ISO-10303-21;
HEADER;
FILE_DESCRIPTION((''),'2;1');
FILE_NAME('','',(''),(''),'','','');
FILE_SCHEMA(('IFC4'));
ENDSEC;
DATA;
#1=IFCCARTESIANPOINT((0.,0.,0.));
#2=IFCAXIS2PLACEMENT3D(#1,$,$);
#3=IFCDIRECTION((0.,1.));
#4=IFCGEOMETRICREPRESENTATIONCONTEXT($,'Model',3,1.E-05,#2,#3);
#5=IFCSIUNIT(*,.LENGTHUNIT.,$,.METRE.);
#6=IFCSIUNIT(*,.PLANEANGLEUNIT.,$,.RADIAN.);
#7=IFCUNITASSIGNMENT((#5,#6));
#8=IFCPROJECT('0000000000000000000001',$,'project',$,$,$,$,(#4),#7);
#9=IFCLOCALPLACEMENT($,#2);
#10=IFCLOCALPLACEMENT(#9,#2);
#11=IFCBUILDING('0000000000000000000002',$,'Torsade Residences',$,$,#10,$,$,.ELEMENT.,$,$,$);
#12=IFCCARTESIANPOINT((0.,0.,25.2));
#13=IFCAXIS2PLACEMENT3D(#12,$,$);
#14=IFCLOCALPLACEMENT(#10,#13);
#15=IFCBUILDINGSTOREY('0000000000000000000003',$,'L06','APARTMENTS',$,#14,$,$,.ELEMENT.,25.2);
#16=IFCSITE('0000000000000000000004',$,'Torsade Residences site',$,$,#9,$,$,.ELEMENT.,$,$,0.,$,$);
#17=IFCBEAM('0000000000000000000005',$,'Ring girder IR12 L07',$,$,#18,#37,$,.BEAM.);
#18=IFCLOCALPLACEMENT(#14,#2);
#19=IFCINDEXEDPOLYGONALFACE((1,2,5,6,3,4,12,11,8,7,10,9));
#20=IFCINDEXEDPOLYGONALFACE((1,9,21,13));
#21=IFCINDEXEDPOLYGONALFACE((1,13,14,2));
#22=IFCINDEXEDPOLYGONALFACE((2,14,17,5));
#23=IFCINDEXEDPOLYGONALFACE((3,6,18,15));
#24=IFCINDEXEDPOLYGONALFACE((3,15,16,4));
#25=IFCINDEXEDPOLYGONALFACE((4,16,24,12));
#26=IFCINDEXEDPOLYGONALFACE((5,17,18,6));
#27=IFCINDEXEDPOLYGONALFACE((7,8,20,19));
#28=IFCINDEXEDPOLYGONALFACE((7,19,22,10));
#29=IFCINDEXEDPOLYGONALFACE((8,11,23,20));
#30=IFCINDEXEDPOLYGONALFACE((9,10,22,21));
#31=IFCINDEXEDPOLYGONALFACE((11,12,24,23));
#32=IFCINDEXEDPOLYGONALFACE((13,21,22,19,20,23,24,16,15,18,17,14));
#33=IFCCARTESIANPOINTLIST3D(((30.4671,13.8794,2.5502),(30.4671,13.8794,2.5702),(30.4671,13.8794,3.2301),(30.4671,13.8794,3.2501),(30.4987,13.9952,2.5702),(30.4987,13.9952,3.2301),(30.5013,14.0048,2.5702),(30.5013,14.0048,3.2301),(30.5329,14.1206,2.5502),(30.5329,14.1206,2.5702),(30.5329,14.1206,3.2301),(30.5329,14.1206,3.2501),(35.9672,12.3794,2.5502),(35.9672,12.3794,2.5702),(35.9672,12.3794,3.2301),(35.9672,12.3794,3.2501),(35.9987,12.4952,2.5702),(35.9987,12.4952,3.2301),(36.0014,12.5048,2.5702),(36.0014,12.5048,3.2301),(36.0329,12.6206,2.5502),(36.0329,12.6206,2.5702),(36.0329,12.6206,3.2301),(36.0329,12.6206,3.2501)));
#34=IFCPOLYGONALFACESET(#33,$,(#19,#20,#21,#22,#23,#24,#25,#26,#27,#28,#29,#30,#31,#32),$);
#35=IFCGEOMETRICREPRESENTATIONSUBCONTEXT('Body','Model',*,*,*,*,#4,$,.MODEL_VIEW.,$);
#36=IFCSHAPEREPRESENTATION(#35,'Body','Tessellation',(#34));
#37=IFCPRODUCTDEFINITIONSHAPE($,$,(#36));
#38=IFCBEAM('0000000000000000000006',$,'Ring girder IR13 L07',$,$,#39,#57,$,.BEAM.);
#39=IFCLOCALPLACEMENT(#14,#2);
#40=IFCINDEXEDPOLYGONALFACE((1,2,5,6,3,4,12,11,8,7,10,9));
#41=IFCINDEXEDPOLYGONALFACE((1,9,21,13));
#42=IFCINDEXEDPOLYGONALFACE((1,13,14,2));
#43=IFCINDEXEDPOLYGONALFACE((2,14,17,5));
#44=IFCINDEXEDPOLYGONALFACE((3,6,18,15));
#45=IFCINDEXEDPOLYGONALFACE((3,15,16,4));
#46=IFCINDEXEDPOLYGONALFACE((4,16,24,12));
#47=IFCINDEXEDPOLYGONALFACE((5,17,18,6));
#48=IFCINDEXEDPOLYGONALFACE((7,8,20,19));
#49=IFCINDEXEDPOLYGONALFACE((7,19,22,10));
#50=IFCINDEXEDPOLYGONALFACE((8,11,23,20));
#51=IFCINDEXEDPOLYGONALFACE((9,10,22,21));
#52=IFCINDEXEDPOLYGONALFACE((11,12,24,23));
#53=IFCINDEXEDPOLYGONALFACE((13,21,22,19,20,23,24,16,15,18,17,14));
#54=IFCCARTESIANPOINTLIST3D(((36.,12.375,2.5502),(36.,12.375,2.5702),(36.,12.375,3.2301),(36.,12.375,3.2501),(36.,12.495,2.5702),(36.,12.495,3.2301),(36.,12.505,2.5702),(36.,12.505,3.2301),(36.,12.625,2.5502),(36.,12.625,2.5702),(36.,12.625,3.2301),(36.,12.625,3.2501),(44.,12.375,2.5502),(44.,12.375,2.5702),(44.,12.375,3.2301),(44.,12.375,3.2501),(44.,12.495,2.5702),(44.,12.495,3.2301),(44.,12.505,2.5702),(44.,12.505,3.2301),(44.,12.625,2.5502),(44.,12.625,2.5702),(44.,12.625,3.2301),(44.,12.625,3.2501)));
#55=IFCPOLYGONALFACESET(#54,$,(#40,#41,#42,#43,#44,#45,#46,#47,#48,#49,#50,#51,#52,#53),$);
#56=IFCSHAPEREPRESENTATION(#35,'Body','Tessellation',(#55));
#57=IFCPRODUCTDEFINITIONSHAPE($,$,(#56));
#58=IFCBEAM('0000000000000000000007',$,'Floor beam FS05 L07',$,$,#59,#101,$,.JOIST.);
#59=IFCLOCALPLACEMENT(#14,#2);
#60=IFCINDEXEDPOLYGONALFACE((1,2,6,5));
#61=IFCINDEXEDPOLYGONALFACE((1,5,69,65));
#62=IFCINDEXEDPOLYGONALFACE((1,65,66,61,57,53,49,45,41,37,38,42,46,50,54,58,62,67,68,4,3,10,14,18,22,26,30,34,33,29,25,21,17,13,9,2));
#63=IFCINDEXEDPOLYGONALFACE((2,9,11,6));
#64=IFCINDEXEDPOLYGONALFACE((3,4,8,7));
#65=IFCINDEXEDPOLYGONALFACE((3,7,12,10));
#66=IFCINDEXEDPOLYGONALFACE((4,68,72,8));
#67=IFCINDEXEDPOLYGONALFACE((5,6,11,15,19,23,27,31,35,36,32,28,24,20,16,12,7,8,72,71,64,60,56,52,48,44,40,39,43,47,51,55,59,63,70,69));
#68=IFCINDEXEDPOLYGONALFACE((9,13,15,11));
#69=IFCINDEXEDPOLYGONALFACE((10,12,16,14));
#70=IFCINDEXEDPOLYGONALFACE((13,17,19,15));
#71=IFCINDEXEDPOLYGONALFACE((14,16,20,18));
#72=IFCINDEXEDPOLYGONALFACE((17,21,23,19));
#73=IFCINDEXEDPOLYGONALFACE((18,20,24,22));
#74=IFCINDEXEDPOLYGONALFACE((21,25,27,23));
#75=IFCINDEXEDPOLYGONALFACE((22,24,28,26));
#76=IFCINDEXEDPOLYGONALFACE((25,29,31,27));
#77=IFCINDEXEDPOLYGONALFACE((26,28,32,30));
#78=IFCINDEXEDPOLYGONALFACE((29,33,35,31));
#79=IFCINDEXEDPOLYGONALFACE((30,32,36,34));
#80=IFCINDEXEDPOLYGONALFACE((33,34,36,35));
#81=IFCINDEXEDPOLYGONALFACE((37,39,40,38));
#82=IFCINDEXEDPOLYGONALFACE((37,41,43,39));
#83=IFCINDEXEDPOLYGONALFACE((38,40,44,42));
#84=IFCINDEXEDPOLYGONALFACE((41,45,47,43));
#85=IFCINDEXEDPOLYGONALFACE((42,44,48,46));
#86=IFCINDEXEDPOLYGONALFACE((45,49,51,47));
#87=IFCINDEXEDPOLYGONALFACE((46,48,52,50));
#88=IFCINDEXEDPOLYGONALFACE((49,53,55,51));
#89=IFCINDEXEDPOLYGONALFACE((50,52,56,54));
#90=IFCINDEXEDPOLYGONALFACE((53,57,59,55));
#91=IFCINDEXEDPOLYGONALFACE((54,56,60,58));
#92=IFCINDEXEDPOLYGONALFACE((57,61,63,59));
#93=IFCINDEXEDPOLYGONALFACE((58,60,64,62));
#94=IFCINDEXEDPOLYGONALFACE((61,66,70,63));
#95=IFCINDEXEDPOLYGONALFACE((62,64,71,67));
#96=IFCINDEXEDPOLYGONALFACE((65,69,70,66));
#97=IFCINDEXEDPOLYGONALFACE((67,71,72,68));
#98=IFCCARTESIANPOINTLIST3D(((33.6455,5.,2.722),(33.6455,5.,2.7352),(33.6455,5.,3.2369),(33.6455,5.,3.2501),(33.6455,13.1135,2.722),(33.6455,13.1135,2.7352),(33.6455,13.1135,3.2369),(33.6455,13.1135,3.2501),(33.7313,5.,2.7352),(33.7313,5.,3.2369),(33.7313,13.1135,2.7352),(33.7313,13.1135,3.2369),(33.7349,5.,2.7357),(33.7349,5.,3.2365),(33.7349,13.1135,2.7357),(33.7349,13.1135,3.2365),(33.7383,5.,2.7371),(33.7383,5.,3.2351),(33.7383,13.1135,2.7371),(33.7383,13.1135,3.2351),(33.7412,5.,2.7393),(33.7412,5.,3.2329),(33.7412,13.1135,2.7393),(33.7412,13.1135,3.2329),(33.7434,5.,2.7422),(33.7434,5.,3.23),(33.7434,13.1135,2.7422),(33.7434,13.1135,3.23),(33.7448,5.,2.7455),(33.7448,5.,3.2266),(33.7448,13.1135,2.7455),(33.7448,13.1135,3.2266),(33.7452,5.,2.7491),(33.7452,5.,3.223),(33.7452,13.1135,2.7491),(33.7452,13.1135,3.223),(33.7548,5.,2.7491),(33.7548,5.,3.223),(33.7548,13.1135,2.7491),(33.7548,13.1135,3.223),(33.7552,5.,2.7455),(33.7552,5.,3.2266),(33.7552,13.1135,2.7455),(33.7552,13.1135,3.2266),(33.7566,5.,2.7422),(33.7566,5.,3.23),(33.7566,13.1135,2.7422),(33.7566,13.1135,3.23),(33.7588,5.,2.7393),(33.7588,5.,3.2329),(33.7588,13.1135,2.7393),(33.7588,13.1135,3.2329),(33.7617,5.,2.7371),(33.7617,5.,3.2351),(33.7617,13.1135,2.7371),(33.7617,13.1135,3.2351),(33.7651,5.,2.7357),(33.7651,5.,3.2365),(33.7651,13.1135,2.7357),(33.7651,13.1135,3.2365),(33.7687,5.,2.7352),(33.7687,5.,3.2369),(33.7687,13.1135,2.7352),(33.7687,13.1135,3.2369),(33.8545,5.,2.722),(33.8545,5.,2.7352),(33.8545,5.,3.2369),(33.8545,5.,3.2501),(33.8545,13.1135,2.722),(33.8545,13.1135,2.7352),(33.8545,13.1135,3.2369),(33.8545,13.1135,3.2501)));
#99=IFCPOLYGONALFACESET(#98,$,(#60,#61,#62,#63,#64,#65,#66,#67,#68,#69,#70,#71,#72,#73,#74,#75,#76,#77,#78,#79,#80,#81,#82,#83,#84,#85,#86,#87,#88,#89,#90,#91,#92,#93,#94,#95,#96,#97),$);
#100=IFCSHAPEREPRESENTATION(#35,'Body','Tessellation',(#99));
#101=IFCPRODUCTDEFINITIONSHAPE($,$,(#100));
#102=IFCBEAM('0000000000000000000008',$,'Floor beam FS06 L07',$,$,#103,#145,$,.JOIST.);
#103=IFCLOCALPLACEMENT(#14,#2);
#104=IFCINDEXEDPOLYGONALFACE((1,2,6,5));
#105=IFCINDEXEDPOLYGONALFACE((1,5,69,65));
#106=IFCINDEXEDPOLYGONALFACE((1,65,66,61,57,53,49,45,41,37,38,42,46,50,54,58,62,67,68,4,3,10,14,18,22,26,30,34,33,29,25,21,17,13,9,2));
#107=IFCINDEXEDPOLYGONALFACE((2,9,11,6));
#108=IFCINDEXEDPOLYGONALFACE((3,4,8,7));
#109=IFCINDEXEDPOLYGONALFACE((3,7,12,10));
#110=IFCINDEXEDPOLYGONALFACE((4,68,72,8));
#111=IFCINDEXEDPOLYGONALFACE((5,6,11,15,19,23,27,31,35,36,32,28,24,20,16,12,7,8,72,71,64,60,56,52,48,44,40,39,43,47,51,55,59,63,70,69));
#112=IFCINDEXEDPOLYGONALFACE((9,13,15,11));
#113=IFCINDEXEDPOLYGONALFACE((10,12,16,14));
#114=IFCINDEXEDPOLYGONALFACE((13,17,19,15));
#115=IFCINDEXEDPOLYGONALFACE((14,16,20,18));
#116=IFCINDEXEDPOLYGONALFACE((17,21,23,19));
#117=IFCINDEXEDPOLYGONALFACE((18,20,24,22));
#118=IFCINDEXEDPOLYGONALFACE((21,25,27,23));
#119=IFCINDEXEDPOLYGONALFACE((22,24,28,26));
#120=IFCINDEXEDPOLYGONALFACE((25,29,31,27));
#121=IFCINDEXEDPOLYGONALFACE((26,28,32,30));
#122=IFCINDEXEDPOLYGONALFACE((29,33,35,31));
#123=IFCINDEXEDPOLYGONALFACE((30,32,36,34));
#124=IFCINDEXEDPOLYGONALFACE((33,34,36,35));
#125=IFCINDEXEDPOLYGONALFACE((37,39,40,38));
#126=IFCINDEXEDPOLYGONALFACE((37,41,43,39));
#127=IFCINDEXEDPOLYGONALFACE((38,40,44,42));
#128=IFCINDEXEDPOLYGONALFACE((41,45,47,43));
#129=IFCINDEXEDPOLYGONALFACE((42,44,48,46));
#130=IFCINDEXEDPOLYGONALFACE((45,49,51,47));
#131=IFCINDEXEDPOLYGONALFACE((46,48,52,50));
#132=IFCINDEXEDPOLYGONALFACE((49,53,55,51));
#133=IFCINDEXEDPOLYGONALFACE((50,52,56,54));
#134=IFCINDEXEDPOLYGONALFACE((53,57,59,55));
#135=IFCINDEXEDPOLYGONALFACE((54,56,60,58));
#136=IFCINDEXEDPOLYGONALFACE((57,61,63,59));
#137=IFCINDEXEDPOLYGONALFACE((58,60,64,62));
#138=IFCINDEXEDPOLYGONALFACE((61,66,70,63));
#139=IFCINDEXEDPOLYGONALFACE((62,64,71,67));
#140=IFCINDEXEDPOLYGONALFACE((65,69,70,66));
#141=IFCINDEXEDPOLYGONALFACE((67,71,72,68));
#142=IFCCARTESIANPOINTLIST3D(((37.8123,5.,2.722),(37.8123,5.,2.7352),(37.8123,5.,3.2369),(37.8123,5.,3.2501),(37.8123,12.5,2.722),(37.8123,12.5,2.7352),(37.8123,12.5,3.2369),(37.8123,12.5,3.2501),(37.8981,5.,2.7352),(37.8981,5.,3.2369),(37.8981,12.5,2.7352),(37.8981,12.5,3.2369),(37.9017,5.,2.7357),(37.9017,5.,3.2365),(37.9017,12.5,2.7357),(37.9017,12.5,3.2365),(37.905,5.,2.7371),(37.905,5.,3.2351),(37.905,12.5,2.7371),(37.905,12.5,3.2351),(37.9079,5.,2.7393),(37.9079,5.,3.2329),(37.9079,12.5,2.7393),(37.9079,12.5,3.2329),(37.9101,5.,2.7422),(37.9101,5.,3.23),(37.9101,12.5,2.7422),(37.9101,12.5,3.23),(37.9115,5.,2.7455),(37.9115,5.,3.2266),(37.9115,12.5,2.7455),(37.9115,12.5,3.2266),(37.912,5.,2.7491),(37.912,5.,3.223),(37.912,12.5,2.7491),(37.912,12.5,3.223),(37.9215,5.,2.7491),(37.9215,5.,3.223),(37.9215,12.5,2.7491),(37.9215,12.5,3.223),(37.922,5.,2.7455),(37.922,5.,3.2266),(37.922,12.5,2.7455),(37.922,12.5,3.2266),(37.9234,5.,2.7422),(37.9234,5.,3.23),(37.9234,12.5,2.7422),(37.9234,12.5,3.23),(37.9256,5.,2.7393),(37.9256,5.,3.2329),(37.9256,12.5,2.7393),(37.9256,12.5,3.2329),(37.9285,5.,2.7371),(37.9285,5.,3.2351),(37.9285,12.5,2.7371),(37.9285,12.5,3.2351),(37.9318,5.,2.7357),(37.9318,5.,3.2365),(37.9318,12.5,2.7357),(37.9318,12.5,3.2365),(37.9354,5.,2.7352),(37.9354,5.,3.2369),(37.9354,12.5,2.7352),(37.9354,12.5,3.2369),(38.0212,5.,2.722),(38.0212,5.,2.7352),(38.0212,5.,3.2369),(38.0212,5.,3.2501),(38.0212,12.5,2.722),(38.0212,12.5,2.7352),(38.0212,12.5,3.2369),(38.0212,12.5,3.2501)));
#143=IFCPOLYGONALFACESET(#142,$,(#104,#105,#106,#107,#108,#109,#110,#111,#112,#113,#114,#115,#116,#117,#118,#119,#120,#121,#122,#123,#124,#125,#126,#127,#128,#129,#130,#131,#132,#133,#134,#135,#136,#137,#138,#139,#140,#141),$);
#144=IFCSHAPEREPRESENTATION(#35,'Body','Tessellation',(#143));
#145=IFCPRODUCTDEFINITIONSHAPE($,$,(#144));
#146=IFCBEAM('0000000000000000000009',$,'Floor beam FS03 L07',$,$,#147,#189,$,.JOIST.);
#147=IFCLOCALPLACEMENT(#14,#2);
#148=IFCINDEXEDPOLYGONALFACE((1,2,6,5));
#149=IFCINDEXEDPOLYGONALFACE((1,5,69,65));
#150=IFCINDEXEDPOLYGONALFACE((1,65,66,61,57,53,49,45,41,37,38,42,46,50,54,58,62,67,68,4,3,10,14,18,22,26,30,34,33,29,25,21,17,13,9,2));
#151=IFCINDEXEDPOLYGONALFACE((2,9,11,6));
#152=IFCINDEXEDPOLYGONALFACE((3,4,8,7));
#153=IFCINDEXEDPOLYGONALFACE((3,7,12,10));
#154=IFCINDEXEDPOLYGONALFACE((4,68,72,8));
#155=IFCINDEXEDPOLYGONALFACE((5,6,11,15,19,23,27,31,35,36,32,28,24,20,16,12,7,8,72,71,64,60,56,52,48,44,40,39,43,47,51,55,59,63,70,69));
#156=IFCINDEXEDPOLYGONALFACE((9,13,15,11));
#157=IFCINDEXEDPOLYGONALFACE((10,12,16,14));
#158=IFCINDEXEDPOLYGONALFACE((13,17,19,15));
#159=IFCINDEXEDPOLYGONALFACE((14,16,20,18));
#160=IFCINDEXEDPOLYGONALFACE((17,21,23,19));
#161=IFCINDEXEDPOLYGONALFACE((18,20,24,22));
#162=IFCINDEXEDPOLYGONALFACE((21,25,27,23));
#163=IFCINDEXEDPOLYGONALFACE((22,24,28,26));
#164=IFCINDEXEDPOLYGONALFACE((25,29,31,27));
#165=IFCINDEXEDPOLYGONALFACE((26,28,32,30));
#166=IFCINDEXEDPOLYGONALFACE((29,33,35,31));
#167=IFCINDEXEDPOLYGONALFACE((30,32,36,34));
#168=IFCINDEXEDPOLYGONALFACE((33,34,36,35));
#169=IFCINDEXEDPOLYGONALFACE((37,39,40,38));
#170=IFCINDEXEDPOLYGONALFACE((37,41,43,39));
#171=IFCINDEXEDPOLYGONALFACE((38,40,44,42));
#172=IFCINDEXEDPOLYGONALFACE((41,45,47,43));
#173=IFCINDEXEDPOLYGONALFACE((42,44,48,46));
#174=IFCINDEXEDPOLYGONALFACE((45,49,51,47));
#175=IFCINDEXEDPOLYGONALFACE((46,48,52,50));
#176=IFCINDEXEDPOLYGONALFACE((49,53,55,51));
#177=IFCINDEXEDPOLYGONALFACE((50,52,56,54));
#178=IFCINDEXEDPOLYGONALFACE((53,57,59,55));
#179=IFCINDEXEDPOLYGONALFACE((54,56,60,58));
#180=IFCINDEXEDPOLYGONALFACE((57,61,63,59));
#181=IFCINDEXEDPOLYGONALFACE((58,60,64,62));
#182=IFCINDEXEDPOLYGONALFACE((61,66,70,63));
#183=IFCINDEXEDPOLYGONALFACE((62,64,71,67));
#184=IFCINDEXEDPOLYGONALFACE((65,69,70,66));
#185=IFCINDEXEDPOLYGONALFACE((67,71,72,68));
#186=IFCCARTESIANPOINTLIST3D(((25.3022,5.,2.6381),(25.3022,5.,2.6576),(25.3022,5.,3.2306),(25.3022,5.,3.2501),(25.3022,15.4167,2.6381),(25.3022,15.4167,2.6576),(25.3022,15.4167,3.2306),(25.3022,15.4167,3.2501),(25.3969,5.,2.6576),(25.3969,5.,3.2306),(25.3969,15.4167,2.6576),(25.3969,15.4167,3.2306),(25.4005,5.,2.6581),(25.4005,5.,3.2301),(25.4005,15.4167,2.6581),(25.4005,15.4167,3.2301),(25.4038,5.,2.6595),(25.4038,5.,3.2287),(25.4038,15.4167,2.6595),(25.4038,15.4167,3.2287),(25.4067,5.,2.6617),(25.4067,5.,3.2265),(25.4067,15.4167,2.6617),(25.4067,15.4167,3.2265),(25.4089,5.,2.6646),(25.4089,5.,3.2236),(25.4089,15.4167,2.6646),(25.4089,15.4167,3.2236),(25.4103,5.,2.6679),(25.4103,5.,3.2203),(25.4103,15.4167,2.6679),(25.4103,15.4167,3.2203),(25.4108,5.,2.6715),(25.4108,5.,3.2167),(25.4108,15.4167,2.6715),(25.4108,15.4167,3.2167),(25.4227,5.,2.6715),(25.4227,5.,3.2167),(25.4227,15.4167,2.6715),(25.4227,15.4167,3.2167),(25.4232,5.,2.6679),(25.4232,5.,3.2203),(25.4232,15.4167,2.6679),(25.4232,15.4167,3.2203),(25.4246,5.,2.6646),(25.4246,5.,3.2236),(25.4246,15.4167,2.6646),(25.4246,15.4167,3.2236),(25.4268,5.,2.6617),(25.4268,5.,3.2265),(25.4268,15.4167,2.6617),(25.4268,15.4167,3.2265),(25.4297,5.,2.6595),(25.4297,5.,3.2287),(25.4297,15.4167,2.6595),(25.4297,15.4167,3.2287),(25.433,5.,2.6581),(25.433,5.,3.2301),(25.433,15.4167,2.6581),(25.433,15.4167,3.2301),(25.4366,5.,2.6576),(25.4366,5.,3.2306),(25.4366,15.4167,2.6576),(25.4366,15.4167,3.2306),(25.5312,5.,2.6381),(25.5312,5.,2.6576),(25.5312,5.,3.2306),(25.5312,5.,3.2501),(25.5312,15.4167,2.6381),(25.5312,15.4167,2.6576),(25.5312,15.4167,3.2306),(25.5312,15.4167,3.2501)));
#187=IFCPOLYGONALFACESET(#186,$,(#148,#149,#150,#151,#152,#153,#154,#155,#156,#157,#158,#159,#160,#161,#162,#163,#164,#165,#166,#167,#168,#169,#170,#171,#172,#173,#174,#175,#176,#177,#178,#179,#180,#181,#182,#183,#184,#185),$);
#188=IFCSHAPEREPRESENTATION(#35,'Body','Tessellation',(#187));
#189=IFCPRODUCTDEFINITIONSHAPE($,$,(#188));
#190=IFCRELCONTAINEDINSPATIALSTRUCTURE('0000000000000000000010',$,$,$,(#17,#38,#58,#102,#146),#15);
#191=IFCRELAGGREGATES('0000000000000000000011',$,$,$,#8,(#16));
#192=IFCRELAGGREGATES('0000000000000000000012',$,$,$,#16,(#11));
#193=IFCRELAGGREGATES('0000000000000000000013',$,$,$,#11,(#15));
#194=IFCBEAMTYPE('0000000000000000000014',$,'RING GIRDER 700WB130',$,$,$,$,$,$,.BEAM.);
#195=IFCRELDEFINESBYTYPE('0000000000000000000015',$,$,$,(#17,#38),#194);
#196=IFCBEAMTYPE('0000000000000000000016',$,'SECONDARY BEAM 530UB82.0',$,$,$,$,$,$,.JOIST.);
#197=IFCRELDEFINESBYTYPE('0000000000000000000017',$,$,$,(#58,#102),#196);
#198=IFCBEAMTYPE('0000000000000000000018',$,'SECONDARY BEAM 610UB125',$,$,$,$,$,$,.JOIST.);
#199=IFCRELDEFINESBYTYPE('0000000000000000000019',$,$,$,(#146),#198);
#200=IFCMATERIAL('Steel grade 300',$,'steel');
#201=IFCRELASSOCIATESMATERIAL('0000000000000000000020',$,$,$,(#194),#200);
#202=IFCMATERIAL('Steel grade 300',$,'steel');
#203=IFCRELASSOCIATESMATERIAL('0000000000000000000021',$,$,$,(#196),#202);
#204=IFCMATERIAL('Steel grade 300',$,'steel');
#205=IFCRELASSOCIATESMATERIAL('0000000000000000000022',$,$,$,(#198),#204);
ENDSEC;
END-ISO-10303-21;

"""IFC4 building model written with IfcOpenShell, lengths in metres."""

from ifc_helpers import new_model, si_unit, direction, frame, origin, origin_2d, place, context, subcontext, project, spatial, i_section, extrude, material, material_profile, profile_set, type_object, element, save


model = new_model("IFC4")

# Units and contexts
model_context = context("Model", 3, precision=1e-05, world=origin(), true_north=direction((0.0, 1.0)))
body_context = subcontext(model_context, "Body", "Model", "MODEL_VIEW")
ifc_project = project(units=[si_unit("LENGTHUNIT", "METRE"), si_unit("PLANEANGLEUNIT", "RADIAN")], contexts=[model_context])

# Site, building, storey
site_placement = place(None, origin())
site = spatial("IfcSite", under=ifc_project, at=site_placement, Name="Torsade Residences site", CompositionType="ELEMENT", RefElevation=0.0)
building_placement = place(site_placement, origin())
building = spatial("IfcBuilding", under=site, at=building_placement, Name="Torsade Residences", CompositionType="ELEMENT")
storey_placement = place(building_placement, frame((0.0, 0.0, 25.2)))
storey = spatial("IfcBuildingStorey", under=building, at=storey_placement, Name="L06", Description="APARTMENTS", CompositionType="ELEMENT", Elevation=25.2)

# Beams
ifc_material_1 = material(Name="Steel grade 300", Category="steel")
ifc_material_profile_1 = material_profile(ifc_material_1, i_section(OverallWidth=0.25, OverallDepth=0.7, WebThickness=0.01, FlangeThickness=0.02, at=origin_2d()), Name="700WB130")
ifc_profile_set_1 = profile_set([ifc_material_profile_1], Name="Steel grade 300")
beam_type_1 = type_object("IfcBeamType", Name="RING GIRDER 700WB130", PredefinedType="BEAM", material=ifc_profile_set_1)
beam_1_placement = place(storey_placement, frame((30.5, 14.0, 2.9001), z_axis=(0.964764, -0.263117, 0.0), x_axis=(0.263117, 0.964764, 0.0)))
element("IfcBeam", 1, at=beam_1_placement, inside=storey, type_object=beam_type_1, Name="Ring girder IR12 L07", PredefinedType="BEAM", context=body_context, shape_type="SweptSolid", body=[
    extrude(i_section(OverallWidth=0.25, OverallDepth=0.7, WebThickness=0.01, FlangeThickness=0.02, at=origin_2d()), origin(), (0.0, 0.0, 1.0), 5.7009),
])
beam_2_placement = place(storey_placement, frame((36.0, 12.5, 2.9001), z_axis=(1.0, 0.0, 0.0), x_axis=(0.0, 1.0, 0.0)))
element("IfcBeam", 2, at=beam_2_placement, inside=storey, type_object=beam_type_1, Name="Ring girder IR13 L07", PredefinedType="BEAM", context=body_context, shape_type="SweptSolid", body=[
    extrude(i_section(OverallWidth=0.25, OverallDepth=0.7, WebThickness=0.01, FlangeThickness=0.02, at=origin_2d()), origin(), (0.0, 0.0, 1.0), 8.0),
])
ifc_material_2 = material(Name="Steel grade 300", Category="steel")
ifc_material_profile_2 = material_profile(ifc_material_2, i_section(OverallWidth=0.209, OverallDepth=0.5281, WebThickness=0.0095, FlangeThickness=0.0132, FilletRadius=0.0139, at=origin_2d()), Name="530UB82.0")
ifc_profile_set_2 = profile_set([ifc_material_profile_2], Name="Steel grade 300")
beam_type_2 = type_object("IfcBeamType", Name="SECONDARY BEAM 530UB82.0", PredefinedType="JOIST", material=ifc_profile_set_2)
beam_3_placement = place(storey_placement, frame((33.75, 5.0, 2.9861), z_axis=(0.0, 1.0, 0.0), x_axis=(-1.0, 0.0, 0.0)))
element("IfcBeam", 3, at=beam_3_placement, inside=storey, type_object=beam_type_2, Name="Floor beam FS05 L07", PredefinedType="JOIST", context=body_context, shape_type="SweptSolid", body=[
    extrude(i_section(OverallWidth=0.209, OverallDepth=0.5281, WebThickness=0.0095, FlangeThickness=0.0132, FilletRadius=0.0139, at=origin_2d()), origin(), (0.0, 0.0, 1.0), 8.1135),
])
beam_4_placement = place(storey_placement, frame((37.9167, 5.0, 2.9861), z_axis=(0.0, 1.0, 0.0), x_axis=(-1.0, 0.0, 0.0)))
element("IfcBeam", 4, at=beam_4_placement, inside=storey, type_object=beam_type_2, Name="Floor beam FS06 L07", PredefinedType="JOIST", context=body_context, shape_type="SweptSolid", body=[
    extrude(i_section(OverallWidth=0.209, OverallDepth=0.5281, WebThickness=0.0095, FlangeThickness=0.0132, FilletRadius=0.0139, at=origin_2d()), origin(), (0.0, 0.0, 1.0), 7.5),
])
ifc_material_3 = material(Name="Steel grade 300", Category="steel")
ifc_material_profile_3 = material_profile(ifc_material_3, i_section(OverallWidth=0.229, OverallDepth=0.6121, WebThickness=0.012, FlangeThickness=0.0195, FilletRadius=0.0139, at=origin_2d()), Name="610UB125")
ifc_profile_set_3 = profile_set([ifc_material_profile_3], Name="Steel grade 300")
beam_type_3 = type_object("IfcBeamType", Name="SECONDARY BEAM 610UB125", PredefinedType="JOIST", material=ifc_profile_set_3)
beam_5_placement = place(storey_placement, frame((25.4167, 5.0, 2.9441), z_axis=(0.0, 1.0, 0.0), x_axis=(-1.0, 0.0, 0.0)))
element("IfcBeam", 5, at=beam_5_placement, inside=storey, type_object=beam_type_3, Name="Floor beam FS03 L07", PredefinedType="JOIST", context=body_context, shape_type="SweptSolid", body=[
    extrude(i_section(OverallWidth=0.229, OverallDepth=0.6121, WebThickness=0.012, FlangeThickness=0.0195, FilletRadius=0.0139, at=origin_2d()), origin(), (0.0, 0.0, 1.0), 10.4167),
])

save(model, "model.ifc")
